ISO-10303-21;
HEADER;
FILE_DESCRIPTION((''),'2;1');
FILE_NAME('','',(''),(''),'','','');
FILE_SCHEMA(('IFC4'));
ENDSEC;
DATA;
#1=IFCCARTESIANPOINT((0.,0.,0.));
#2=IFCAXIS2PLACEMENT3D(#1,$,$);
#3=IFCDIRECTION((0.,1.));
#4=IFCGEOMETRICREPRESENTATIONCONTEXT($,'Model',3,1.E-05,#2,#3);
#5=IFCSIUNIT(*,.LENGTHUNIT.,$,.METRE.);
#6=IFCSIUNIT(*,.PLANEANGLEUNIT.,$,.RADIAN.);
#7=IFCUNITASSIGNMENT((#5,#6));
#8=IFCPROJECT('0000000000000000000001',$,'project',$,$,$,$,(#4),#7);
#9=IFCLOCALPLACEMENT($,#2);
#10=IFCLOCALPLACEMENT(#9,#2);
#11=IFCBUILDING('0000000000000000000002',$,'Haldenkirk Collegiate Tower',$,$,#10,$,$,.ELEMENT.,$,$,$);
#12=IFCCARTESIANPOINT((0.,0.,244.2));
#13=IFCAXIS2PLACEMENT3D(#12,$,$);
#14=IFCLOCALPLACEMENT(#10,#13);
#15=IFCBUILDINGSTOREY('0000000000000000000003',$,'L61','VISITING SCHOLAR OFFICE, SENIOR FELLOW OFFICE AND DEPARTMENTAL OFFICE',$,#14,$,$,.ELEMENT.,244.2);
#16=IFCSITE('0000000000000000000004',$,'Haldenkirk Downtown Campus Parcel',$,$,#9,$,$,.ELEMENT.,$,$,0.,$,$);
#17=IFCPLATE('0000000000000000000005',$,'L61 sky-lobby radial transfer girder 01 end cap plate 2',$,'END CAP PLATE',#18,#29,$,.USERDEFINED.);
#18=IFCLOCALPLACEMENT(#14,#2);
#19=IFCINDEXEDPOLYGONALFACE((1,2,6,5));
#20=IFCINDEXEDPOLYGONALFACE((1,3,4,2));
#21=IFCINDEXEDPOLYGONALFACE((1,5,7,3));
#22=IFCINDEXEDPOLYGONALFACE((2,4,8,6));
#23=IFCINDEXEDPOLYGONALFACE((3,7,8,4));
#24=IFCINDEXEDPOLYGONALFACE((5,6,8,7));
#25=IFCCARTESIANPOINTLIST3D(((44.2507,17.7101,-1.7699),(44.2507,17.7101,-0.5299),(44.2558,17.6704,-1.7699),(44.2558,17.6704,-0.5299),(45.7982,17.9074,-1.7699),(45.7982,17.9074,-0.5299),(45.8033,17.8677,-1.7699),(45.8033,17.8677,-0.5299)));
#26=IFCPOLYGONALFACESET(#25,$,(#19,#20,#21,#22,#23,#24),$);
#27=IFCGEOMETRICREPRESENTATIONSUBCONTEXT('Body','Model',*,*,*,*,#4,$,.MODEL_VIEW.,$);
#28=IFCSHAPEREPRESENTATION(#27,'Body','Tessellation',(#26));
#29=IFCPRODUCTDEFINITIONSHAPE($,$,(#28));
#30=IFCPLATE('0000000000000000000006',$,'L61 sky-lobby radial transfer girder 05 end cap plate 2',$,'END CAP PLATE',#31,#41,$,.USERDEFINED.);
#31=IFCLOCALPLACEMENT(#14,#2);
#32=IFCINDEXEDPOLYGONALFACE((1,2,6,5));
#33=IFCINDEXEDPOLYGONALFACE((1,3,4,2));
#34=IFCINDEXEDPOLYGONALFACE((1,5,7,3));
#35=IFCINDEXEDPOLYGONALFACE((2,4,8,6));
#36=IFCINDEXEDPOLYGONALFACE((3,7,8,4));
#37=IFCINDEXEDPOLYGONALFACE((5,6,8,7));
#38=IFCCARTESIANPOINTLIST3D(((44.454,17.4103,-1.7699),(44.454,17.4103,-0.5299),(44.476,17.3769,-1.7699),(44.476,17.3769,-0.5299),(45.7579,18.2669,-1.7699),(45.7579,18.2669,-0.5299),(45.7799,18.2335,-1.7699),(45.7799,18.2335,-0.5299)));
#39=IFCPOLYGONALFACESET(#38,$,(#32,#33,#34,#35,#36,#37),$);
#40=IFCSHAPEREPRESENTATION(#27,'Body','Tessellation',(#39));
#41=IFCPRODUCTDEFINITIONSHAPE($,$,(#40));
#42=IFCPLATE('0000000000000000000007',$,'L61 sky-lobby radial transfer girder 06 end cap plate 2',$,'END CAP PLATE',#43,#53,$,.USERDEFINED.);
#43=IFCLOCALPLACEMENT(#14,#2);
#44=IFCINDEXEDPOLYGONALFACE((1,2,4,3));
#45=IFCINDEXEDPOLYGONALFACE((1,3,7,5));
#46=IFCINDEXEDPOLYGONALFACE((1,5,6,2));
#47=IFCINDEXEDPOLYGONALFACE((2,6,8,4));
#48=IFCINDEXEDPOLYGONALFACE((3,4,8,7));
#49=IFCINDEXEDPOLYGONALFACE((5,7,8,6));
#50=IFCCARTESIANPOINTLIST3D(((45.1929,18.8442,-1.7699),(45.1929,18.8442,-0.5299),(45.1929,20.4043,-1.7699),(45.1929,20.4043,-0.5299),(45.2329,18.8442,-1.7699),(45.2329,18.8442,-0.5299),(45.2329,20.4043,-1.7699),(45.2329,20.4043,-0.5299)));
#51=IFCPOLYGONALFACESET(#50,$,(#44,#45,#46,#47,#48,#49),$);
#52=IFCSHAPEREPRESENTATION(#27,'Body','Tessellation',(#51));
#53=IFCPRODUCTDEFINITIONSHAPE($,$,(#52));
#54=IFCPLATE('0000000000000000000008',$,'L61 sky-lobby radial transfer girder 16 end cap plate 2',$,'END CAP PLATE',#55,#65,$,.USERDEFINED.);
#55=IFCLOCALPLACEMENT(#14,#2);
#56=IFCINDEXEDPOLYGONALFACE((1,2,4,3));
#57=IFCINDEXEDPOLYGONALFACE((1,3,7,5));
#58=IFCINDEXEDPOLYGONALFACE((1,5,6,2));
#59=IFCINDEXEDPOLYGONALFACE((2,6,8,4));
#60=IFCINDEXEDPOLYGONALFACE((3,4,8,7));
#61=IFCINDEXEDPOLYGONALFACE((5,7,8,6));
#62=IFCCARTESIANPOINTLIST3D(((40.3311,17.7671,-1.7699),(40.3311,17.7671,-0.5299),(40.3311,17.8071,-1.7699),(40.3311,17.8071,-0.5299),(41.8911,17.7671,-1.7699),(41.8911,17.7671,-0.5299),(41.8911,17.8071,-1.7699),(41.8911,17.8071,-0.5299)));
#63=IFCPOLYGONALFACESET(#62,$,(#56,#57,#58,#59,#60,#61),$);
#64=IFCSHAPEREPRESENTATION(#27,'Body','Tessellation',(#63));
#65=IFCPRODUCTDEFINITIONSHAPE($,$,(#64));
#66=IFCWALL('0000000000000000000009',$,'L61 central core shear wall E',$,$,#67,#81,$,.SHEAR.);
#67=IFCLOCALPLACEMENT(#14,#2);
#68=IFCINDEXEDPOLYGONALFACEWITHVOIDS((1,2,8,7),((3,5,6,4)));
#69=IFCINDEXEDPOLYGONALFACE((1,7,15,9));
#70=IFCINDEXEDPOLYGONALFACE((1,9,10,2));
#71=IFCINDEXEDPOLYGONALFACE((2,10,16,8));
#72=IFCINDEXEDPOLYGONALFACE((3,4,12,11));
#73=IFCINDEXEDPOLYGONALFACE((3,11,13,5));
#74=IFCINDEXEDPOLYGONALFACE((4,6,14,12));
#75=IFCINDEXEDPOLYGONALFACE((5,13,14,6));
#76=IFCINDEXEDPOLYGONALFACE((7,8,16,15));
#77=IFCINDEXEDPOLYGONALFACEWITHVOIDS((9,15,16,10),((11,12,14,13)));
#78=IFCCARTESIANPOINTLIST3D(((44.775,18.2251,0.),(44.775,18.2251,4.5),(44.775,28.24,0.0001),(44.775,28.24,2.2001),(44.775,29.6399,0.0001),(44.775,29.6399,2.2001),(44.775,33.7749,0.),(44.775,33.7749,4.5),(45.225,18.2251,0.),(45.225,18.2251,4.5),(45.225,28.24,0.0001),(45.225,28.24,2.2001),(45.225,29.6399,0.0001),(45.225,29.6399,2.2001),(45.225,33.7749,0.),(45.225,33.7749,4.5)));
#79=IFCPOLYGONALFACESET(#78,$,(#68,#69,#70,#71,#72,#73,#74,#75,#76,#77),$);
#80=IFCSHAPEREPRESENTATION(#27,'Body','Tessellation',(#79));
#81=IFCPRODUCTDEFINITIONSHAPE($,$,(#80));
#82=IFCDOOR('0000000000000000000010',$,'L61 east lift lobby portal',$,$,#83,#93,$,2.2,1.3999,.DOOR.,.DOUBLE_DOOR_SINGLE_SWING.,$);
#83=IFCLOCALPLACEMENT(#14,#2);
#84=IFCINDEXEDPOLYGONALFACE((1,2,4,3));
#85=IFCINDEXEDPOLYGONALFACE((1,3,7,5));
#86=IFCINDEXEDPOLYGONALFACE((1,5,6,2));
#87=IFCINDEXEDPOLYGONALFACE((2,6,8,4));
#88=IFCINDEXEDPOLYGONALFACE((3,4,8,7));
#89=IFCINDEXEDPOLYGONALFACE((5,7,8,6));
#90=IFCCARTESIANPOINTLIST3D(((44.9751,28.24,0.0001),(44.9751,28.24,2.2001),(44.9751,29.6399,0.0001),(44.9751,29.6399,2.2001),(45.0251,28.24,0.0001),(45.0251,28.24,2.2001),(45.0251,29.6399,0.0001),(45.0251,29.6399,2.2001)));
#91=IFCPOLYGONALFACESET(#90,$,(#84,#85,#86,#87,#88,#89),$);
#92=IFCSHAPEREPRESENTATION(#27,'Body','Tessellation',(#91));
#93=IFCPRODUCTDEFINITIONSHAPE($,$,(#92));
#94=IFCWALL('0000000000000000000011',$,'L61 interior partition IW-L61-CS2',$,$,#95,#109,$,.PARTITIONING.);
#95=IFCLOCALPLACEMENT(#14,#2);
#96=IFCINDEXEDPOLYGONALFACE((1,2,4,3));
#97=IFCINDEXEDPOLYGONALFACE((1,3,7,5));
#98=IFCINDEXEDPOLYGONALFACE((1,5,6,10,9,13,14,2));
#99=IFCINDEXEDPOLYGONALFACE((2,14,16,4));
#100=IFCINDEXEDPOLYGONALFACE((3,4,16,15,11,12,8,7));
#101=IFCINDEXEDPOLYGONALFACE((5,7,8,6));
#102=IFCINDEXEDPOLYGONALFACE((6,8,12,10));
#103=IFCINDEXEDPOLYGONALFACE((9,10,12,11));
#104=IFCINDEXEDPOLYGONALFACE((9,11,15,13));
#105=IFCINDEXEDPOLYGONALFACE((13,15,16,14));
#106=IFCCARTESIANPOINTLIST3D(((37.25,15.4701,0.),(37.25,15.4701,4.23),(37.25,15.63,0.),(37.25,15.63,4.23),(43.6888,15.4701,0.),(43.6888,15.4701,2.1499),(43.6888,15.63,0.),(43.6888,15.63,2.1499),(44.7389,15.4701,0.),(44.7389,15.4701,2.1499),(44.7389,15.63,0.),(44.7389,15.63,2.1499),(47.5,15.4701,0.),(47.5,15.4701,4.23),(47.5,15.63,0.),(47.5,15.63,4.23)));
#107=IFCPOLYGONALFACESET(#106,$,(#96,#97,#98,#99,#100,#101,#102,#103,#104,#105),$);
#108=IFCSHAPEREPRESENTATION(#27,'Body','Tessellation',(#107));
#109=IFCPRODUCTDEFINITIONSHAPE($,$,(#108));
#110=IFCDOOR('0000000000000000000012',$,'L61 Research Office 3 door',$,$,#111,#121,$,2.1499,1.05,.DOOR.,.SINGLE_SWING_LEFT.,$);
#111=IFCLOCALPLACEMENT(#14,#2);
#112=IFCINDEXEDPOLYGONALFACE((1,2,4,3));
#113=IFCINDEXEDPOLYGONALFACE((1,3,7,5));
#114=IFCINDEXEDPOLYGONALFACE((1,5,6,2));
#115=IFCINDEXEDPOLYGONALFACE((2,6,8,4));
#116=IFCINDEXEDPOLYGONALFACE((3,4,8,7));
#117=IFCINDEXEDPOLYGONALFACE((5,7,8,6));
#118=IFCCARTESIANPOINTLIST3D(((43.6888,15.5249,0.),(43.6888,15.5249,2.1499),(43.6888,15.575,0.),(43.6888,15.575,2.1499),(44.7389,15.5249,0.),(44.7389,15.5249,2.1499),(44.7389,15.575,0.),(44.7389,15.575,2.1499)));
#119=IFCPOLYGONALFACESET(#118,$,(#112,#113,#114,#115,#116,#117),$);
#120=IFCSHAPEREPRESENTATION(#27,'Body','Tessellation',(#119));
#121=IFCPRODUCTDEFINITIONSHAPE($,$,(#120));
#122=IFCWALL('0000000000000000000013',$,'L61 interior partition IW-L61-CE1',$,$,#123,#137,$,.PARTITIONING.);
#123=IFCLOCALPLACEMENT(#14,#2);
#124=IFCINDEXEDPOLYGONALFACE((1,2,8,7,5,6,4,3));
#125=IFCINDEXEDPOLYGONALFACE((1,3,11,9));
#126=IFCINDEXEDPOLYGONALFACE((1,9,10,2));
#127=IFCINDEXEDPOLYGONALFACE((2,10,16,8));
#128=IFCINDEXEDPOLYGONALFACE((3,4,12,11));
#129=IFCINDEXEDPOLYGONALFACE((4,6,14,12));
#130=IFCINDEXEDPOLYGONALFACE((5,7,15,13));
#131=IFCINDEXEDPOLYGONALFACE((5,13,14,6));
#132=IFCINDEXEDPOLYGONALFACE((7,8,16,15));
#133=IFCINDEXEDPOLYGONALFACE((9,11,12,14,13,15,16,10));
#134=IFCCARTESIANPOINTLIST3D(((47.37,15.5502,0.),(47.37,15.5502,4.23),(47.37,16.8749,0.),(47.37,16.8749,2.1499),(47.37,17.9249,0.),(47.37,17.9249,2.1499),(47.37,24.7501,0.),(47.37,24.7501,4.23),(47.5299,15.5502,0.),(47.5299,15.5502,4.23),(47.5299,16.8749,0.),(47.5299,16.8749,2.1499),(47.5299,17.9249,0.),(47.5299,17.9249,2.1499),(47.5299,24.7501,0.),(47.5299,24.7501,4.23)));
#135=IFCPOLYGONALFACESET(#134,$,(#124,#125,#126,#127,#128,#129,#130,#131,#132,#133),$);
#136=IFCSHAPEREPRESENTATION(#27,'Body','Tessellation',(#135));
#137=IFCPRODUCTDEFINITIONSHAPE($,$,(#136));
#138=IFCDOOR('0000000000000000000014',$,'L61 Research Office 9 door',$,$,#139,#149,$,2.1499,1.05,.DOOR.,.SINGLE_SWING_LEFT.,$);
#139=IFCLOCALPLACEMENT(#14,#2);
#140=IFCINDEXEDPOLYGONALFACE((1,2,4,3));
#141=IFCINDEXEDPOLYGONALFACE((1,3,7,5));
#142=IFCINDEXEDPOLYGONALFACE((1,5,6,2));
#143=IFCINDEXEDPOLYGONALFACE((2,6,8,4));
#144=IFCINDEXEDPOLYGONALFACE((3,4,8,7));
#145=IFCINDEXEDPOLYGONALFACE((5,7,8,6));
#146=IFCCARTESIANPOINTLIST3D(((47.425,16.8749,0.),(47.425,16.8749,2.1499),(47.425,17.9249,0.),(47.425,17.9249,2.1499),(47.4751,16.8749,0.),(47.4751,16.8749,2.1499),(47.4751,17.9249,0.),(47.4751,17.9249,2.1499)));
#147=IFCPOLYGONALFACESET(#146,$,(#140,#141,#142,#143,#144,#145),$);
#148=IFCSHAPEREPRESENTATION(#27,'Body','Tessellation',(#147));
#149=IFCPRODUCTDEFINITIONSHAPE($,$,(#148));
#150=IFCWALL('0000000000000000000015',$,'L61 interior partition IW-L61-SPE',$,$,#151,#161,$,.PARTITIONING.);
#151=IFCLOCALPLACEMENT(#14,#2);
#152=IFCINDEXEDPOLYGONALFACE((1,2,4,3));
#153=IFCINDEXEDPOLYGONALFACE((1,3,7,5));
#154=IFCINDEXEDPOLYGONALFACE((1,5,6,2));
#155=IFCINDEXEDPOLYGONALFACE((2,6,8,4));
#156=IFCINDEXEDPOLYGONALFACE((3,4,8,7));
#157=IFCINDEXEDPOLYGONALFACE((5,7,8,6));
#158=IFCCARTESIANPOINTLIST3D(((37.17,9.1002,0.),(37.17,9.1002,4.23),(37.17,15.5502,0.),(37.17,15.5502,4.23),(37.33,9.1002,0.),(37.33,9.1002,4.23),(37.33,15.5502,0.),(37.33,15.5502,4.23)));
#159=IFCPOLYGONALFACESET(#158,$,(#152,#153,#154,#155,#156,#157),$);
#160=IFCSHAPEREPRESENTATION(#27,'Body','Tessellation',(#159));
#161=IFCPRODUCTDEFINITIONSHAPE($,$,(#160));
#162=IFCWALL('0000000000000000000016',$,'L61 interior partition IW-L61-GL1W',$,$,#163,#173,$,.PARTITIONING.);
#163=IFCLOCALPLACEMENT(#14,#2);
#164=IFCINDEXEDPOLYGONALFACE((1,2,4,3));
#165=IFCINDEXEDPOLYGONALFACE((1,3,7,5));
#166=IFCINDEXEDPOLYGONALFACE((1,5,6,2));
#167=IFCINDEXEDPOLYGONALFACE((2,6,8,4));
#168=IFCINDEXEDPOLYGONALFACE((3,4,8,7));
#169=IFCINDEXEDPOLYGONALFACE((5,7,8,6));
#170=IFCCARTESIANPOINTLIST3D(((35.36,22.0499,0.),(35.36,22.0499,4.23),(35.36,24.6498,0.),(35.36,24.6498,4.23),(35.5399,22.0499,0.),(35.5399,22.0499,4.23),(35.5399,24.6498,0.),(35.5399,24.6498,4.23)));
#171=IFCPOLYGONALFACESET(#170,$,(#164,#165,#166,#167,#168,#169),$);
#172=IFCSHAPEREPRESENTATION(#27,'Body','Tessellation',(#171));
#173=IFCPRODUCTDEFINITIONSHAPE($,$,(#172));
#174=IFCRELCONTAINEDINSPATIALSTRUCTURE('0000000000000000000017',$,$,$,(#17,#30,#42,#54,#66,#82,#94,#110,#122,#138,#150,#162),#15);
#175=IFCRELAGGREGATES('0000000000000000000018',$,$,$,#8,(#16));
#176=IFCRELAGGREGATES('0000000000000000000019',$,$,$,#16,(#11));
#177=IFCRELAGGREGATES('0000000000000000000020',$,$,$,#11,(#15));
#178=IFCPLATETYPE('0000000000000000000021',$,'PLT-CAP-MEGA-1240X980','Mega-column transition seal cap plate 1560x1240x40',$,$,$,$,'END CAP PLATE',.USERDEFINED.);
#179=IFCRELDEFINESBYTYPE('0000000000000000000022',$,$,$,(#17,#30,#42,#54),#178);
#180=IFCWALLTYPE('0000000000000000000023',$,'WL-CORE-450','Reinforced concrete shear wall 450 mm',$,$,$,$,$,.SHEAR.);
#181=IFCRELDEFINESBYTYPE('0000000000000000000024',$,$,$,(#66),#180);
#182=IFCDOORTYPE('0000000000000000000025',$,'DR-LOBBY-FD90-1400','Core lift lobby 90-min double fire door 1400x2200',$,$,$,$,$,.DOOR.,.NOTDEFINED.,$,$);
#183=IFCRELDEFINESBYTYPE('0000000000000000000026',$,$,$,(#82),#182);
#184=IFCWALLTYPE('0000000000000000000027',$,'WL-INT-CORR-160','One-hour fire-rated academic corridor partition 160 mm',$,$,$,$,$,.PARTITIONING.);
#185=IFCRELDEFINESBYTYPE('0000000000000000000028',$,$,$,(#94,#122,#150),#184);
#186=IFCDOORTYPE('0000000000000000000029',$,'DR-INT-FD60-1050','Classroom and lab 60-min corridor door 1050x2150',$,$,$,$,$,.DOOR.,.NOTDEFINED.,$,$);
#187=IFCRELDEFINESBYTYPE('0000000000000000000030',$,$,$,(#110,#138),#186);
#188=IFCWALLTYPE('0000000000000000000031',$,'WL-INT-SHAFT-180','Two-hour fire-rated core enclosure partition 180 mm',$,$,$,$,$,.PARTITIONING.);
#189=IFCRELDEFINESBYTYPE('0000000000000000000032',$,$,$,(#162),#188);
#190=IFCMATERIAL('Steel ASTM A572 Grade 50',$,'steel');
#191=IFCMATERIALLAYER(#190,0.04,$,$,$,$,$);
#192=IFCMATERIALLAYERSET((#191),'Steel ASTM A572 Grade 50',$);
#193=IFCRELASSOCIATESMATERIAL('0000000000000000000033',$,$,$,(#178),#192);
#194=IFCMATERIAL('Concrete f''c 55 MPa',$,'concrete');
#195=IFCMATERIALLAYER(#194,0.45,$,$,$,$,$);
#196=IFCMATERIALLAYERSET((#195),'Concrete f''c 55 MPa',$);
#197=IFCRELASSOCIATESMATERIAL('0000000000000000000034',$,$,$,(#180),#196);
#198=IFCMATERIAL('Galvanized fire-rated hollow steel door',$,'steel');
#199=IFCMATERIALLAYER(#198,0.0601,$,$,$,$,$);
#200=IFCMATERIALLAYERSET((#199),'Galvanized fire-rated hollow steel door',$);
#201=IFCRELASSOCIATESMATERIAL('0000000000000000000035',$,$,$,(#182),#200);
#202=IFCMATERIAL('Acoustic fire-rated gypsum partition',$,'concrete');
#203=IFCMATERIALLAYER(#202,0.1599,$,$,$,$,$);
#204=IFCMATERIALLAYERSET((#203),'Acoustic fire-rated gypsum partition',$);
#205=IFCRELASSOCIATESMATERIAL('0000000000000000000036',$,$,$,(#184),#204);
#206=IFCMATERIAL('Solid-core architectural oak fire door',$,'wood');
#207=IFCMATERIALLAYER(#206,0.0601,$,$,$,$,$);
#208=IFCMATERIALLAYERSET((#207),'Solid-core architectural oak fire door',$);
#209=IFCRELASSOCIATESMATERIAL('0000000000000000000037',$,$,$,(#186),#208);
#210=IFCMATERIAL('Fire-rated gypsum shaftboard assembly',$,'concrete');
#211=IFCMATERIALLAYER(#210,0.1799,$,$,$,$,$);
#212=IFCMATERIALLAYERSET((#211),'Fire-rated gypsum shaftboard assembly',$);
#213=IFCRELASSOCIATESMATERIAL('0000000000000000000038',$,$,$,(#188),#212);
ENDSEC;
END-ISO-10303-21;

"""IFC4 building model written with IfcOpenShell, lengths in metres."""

from ifc_helpers import new_model, si_unit, direction, frame, frame_2d, origin, origin_2d, place, context, subcontext, project, spatial, rectangle, extrude, source, transform, mapped, material, layer, layer_set, type_object, element, fill, save


model = new_model("IFC4")

# Units and contexts
model_context = context("Model", 3, precision=1e-05, world=origin(), true_north=direction((0.0, 1.0)))
body_context = subcontext(model_context, "Body", "Model", "MODEL_VIEW")
ifc_project = project(units=[si_unit("LENGTHUNIT", "METRE"), si_unit("PLANEANGLEUNIT", "RADIAN")], contexts=[model_context])

# Site, building, storey
site_placement = place(None, origin())
site = spatial("IfcSite", under=ifc_project, at=site_placement, Name="Haldenkirk Downtown Campus Parcel", CompositionType="ELEMENT", RefElevation=0.0)
building_placement = place(site_placement, origin())
building = spatial("IfcBuilding", under=site, at=building_placement, Name="Haldenkirk Collegiate Tower", CompositionType="ELEMENT")
storey_placement = place(building_placement, frame((0.0, 0.0, 244.2)))
storey = spatial("IfcBuildingStorey", under=building, at=storey_placement, Name="L61", Description="VISITING SCHOLAR OFFICE, SENIOR FELLOW OFFICE AND DEPARTMENTAL OFFICE", CompositionType="ELEMENT", Elevation=244.2)

# Plates
ifc_material_1 = material(Name="Steel ASTM A572 Grade 50", Category="steel")
ifc_layer_1 = layer(ifc_material_1, 0.04)
ifc_layer_set_1 = layer_set([ifc_layer_1], Name="Steel ASTM A572 Grade 50")
plate_type = type_object("IfcPlateType", Name="PLT-CAP-MEGA-1240X980", Description="Mega-column transition seal cap plate 1560x1240x40", ElementType="END CAP PLATE", PredefinedType="USERDEFINED", material=ifc_layer_set_1)
shared_shape = source(origin(), body_context, "Body", "SweptSolid", [
    extrude(rectangle(XDim=1.5601, YDim=1.24, at=origin_2d()), origin(), (0.0, 0.0, 1.0), 0.04),
])
for number, where, z_axis, x_axis, name in (
    (1, (45.0295, 17.769, -1.1499), (-0.12646, 0.991972, 0.0), (-0.991972, -0.12646, 0.0), "L61 sky-lobby radial transfer girder 01 end cap plate 2"),
    (2, (45.1279, 17.8052, -1.1499), (-0.549084, 0.835767, 0.0), (-0.835767, -0.549084, 0.0), "L61 sky-lobby radial transfer girder 05 end cap plate 2"),
    (3, (45.2329, 19.6243, -1.1499), (-1.0, 0.0, 0.0), (0.0, -1.0, 0.0), "L61 sky-lobby radial transfer girder 06 end cap plate 2"),
    (4, (41.1111, 17.7671, -1.1499), (0.0, 1.0, 0.0), (-1.0, 0.0, 0.0), "L61 sky-lobby radial transfer girder 16 end cap plate 2"),
):
    element("IfcPlate", number, at=place(storey_placement, frame(where, z_axis=z_axis, x_axis=x_axis)), inside=storey, type_object=plate_type, Name=name, ObjectType="END CAP PLATE", PredefinedType="USERDEFINED", context=body_context, shape_type="MappedRepresentation", body=[
        mapped(shared_shape, transform((0.0, 0.0, 0.0), x_axis=(1.0, 0.0, 0.0), y_axis=(0.0, 1.0, 0.0), z_axis=(0.0, 0.0, 1.0), scale=1.0)),
    ])

# Walls, openings, doors
ifc_material_2 = material(Name="Concrete f'c 55 MPa", Category="concrete")
ifc_layer_2 = layer(ifc_material_2, 0.45)
ifc_layer_set_2 = layer_set([ifc_layer_2], Name="Concrete f'c 55 MPa")
wall_type_1 = type_object("IfcWallType", Name="WL-CORE-450", Description="Reinforced concrete shear wall 450 mm", PredefinedType="SHEAR", material=ifc_layer_set_2)
wall_1_placement = place(storey_placement, frame((45.0, 18.2251, 0.0), z_axis=(0.0, 0.0, 1.0), x_axis=(0.0, 1.0, 0.0)))
wall_1 = element("IfcWall", 5, at=wall_1_placement, inside=storey, type_object=wall_type_1, Name="L61 central core shear wall E", PredefinedType="SHEAR", context=body_context, shape_type="SweptSolid", body=[
    extrude(rectangle(XDim=15.5498, YDim=0.45, at=frame_2d((7.7749, 0.0))), origin(), (0.0, 0.0, 1.0), 4.5),
])
opening_1_placement = place(wall_1_placement, frame((10.0149, 0.0, 0.0)))
opening_1 = element("IfcOpeningElement", 6, at=opening_1_placement, cuts=wall_1, PredefinedType="OPENING", context=body_context, shape_type="SweptSolid", body=[
    extrude(rectangle(XDim=1.3999, YDim=2.2, at=frame_2d((0.7, 1.1001))), frame((0.0, 0.2349, 0.0), z_axis=(0.0, -1.0, 0.0), x_axis=(1.0, 0.0, 0.0)), (0.0, 0.0, 1.0), 0.47),
])
ifc_material_3 = material(Name="Galvanized fire-rated hollow steel door", Category="steel")
ifc_layer_3 = layer(ifc_material_3, 0.0601)
ifc_layer_set_3 = layer_set([ifc_layer_3], Name="Galvanized fire-rated hollow steel door")
door_type_1 = type_object("IfcDoorType", Name="DR-LOBBY-FD90-1400", Description="Core lift lobby 90-min double fire door 1400x2200", OperationType="NOTDEFINED", PredefinedType="DOOR", material=ifc_layer_set_3)
door_1_placement = place(opening_1_placement, origin())
door_1 = element("IfcDoor", 7, at=door_1_placement, inside=storey, type_object=door_type_1, Name="L61 east lift lobby portal", OperationType="DOUBLE_DOOR_SINGLE_SWING", OverallHeight=2.2, OverallWidth=1.3999, PredefinedType="DOOR", context=body_context, shape_type="SweptSolid", body=[
    extrude(rectangle(XDim=1.3999, YDim=2.2, at=frame_2d((0.7, 1.1001))), frame((0.0, 0.0249, 0.0), z_axis=(0.0, -1.0, 0.0), x_axis=(1.0, 0.0, 0.0)), (0.0, 0.0, 1.0), 0.05),
])
fill(opening_1, door_1)
ifc_material_4 = material(Name="Acoustic fire-rated gypsum partition", Category="concrete")
ifc_layer_4 = layer(ifc_material_4, 0.1599)
ifc_layer_set_4 = layer_set([ifc_layer_4], Name="Acoustic fire-rated gypsum partition")
wall_type_2 = type_object("IfcWallType", Name="WL-INT-CORR-160", Description="One-hour fire-rated academic corridor partition 160 mm", PredefinedType="PARTITIONING", material=ifc_layer_set_4)
wall_2_placement = place(storey_placement, frame((37.25, 15.55, 0.0), z_axis=(0.0, 0.0, 1.0), x_axis=(1.0, 0.0, 0.0)))
wall_2 = element("IfcWall", 8, at=wall_2_placement, inside=storey, type_object=wall_type_2, Name="L61 interior partition IW-L61-CS2", PredefinedType="PARTITIONING", context=body_context, shape_type="SweptSolid", body=[
    extrude(rectangle(XDim=10.25, YDim=0.1599, at=frame_2d((5.125, 0.0))), origin(), (0.0, 0.0, 1.0), 4.23),
])
opening_2_placement = place(wall_2_placement, frame((6.439, 0.0, 0.0)))
opening_2 = element("IfcOpeningElement", 9, at=opening_2_placement, cuts=wall_2, PredefinedType="OPENING", context=body_context, shape_type="SweptSolid", body=[
    extrude(rectangle(XDim=1.05, YDim=2.1499, at=frame_2d((0.5249, 1.075))), frame((0.0, 0.0898, 0.0), z_axis=(0.0, -1.0, 0.0), x_axis=(1.0, 0.0, 0.0)), (0.0, 0.0, 1.0), 0.1799),
])
ifc_material_5 = material(Name="Solid-core architectural oak fire door", Category="wood")
ifc_layer_5 = layer(ifc_material_5, 0.0601)
ifc_layer_set_5 = layer_set([ifc_layer_5], Name="Solid-core architectural oak fire door")
door_type_2 = type_object("IfcDoorType", Name="DR-INT-FD60-1050", Description="Classroom and lab 60-min corridor door 1050x2150", OperationType="NOTDEFINED", PredefinedType="DOOR", material=ifc_layer_set_5)
door_2_placement = place(opening_2_placement, origin())
door_2 = element("IfcDoor", 10, at=door_2_placement, inside=storey, type_object=door_type_2, Name="L61 Research Office 3 door", OperationType="SINGLE_SWING_LEFT", OverallHeight=2.1499, OverallWidth=1.05, PredefinedType="DOOR", context=body_context, shape_type="SweptSolid", body=[
    extrude(rectangle(XDim=1.05, YDim=2.1499, at=frame_2d((0.5249, 1.075))), frame((0.0, 0.0249, 0.0), z_axis=(0.0, -1.0, 0.0), x_axis=(1.0, 0.0, 0.0)), (0.0, 0.0, 1.0), 0.05),
])
fill(opening_2, door_2)
wall_3_placement = place(storey_placement, frame((47.45, 15.55, 0.0), z_axis=(0.0, 0.0, 1.0), x_axis=(0.0, 1.0, 0.0)))
wall_3 = element("IfcWall", 11, at=wall_3_placement, inside=storey, type_object=wall_type_2, Name="L61 interior partition IW-L61-CE1", PredefinedType="PARTITIONING", context=body_context, shape_type="SweptSolid", body=[
    extrude(rectangle(XDim=9.2, YDim=0.1599, at=frame_2d((4.6001, 0.0))), origin(), (0.0, 0.0, 1.0), 4.23),
])
opening_3_placement = place(wall_3_placement, frame((1.325, 0.0, 0.0)))
opening_3 = element("IfcOpeningElement", 12, at=opening_3_placement, cuts=wall_3, PredefinedType="OPENING", context=body_context, shape_type="SweptSolid", body=[
    extrude(rectangle(XDim=1.05, YDim=2.1499, at=frame_2d((0.5249, 1.075))), frame((0.0, 0.0898, 0.0), z_axis=(0.0, -1.0, 0.0), x_axis=(1.0, 0.0, 0.0)), (0.0, 0.0, 1.0), 0.1799),
])
door_3_placement = place(opening_3_placement, origin())
door_3 = element("IfcDoor", 13, at=door_3_placement, inside=storey, type_object=door_type_2, Name="L61 Research Office 9 door", OperationType="SINGLE_SWING_LEFT", OverallHeight=2.1499, OverallWidth=1.05, PredefinedType="DOOR", context=body_context, shape_type="SweptSolid", body=[
    extrude(rectangle(XDim=1.05, YDim=2.1499, at=frame_2d((0.5249, 1.075))), frame((0.0, 0.0249, 0.0), z_axis=(0.0, -1.0, 0.0), x_axis=(1.0, 0.0, 0.0)), (0.0, 0.0, 1.0), 0.05),
])
fill(opening_3, door_3)

# Walls
wall_4_placement = place(storey_placement, frame((37.25, 9.1001, 0.0), z_axis=(0.0, 0.0, 1.0), x_axis=(0.0, 1.0, 0.0)))
element("IfcWall", 14, at=wall_4_placement, inside=storey, type_object=wall_type_2, Name="L61 interior partition IW-L61-SPE", PredefinedType="PARTITIONING", context=body_context, shape_type="SweptSolid", body=[
    extrude(rectangle(XDim=6.45, YDim=0.1599, at=frame_2d((3.2251, 0.0))), origin(), (0.0, 0.0, 1.0), 4.23),
])
ifc_material_6 = material(Name="Fire-rated gypsum shaftboard assembly", Category="concrete")
ifc_layer_6 = layer(ifc_material_6, 0.1799)
ifc_layer_set_6 = layer_set([ifc_layer_6], Name="Fire-rated gypsum shaftboard assembly")
wall_type_3 = type_object("IfcWallType", Name="WL-INT-SHAFT-180", Description="Two-hour fire-rated core enclosure partition 180 mm", PredefinedType="PARTITIONING", material=ifc_layer_set_6)
for number, where, z_axis, x_axis, name in (
    (15, (35.45, 22.05, 0.0), (0.0, 0.0, 1.0), (0.0, 1.0, 0.0), "L61 interior partition IW-L61-GL1W"),
):
    element("IfcWall", number, at=place(storey_placement, frame(where, z_axis=z_axis, x_axis=x_axis)), inside=storey, type_object=wall_type_3, Name=name, PredefinedType="PARTITIONING", context=body_context, shape_type="SweptSolid", body=[
        extrude(rectangle(XDim=2.5999, YDim=0.1799, at=frame_2d((1.2998, 0.0))), origin(), (0.0, 0.0, 1.0), 4.23),
    ])

save(model, "model.ifc")
